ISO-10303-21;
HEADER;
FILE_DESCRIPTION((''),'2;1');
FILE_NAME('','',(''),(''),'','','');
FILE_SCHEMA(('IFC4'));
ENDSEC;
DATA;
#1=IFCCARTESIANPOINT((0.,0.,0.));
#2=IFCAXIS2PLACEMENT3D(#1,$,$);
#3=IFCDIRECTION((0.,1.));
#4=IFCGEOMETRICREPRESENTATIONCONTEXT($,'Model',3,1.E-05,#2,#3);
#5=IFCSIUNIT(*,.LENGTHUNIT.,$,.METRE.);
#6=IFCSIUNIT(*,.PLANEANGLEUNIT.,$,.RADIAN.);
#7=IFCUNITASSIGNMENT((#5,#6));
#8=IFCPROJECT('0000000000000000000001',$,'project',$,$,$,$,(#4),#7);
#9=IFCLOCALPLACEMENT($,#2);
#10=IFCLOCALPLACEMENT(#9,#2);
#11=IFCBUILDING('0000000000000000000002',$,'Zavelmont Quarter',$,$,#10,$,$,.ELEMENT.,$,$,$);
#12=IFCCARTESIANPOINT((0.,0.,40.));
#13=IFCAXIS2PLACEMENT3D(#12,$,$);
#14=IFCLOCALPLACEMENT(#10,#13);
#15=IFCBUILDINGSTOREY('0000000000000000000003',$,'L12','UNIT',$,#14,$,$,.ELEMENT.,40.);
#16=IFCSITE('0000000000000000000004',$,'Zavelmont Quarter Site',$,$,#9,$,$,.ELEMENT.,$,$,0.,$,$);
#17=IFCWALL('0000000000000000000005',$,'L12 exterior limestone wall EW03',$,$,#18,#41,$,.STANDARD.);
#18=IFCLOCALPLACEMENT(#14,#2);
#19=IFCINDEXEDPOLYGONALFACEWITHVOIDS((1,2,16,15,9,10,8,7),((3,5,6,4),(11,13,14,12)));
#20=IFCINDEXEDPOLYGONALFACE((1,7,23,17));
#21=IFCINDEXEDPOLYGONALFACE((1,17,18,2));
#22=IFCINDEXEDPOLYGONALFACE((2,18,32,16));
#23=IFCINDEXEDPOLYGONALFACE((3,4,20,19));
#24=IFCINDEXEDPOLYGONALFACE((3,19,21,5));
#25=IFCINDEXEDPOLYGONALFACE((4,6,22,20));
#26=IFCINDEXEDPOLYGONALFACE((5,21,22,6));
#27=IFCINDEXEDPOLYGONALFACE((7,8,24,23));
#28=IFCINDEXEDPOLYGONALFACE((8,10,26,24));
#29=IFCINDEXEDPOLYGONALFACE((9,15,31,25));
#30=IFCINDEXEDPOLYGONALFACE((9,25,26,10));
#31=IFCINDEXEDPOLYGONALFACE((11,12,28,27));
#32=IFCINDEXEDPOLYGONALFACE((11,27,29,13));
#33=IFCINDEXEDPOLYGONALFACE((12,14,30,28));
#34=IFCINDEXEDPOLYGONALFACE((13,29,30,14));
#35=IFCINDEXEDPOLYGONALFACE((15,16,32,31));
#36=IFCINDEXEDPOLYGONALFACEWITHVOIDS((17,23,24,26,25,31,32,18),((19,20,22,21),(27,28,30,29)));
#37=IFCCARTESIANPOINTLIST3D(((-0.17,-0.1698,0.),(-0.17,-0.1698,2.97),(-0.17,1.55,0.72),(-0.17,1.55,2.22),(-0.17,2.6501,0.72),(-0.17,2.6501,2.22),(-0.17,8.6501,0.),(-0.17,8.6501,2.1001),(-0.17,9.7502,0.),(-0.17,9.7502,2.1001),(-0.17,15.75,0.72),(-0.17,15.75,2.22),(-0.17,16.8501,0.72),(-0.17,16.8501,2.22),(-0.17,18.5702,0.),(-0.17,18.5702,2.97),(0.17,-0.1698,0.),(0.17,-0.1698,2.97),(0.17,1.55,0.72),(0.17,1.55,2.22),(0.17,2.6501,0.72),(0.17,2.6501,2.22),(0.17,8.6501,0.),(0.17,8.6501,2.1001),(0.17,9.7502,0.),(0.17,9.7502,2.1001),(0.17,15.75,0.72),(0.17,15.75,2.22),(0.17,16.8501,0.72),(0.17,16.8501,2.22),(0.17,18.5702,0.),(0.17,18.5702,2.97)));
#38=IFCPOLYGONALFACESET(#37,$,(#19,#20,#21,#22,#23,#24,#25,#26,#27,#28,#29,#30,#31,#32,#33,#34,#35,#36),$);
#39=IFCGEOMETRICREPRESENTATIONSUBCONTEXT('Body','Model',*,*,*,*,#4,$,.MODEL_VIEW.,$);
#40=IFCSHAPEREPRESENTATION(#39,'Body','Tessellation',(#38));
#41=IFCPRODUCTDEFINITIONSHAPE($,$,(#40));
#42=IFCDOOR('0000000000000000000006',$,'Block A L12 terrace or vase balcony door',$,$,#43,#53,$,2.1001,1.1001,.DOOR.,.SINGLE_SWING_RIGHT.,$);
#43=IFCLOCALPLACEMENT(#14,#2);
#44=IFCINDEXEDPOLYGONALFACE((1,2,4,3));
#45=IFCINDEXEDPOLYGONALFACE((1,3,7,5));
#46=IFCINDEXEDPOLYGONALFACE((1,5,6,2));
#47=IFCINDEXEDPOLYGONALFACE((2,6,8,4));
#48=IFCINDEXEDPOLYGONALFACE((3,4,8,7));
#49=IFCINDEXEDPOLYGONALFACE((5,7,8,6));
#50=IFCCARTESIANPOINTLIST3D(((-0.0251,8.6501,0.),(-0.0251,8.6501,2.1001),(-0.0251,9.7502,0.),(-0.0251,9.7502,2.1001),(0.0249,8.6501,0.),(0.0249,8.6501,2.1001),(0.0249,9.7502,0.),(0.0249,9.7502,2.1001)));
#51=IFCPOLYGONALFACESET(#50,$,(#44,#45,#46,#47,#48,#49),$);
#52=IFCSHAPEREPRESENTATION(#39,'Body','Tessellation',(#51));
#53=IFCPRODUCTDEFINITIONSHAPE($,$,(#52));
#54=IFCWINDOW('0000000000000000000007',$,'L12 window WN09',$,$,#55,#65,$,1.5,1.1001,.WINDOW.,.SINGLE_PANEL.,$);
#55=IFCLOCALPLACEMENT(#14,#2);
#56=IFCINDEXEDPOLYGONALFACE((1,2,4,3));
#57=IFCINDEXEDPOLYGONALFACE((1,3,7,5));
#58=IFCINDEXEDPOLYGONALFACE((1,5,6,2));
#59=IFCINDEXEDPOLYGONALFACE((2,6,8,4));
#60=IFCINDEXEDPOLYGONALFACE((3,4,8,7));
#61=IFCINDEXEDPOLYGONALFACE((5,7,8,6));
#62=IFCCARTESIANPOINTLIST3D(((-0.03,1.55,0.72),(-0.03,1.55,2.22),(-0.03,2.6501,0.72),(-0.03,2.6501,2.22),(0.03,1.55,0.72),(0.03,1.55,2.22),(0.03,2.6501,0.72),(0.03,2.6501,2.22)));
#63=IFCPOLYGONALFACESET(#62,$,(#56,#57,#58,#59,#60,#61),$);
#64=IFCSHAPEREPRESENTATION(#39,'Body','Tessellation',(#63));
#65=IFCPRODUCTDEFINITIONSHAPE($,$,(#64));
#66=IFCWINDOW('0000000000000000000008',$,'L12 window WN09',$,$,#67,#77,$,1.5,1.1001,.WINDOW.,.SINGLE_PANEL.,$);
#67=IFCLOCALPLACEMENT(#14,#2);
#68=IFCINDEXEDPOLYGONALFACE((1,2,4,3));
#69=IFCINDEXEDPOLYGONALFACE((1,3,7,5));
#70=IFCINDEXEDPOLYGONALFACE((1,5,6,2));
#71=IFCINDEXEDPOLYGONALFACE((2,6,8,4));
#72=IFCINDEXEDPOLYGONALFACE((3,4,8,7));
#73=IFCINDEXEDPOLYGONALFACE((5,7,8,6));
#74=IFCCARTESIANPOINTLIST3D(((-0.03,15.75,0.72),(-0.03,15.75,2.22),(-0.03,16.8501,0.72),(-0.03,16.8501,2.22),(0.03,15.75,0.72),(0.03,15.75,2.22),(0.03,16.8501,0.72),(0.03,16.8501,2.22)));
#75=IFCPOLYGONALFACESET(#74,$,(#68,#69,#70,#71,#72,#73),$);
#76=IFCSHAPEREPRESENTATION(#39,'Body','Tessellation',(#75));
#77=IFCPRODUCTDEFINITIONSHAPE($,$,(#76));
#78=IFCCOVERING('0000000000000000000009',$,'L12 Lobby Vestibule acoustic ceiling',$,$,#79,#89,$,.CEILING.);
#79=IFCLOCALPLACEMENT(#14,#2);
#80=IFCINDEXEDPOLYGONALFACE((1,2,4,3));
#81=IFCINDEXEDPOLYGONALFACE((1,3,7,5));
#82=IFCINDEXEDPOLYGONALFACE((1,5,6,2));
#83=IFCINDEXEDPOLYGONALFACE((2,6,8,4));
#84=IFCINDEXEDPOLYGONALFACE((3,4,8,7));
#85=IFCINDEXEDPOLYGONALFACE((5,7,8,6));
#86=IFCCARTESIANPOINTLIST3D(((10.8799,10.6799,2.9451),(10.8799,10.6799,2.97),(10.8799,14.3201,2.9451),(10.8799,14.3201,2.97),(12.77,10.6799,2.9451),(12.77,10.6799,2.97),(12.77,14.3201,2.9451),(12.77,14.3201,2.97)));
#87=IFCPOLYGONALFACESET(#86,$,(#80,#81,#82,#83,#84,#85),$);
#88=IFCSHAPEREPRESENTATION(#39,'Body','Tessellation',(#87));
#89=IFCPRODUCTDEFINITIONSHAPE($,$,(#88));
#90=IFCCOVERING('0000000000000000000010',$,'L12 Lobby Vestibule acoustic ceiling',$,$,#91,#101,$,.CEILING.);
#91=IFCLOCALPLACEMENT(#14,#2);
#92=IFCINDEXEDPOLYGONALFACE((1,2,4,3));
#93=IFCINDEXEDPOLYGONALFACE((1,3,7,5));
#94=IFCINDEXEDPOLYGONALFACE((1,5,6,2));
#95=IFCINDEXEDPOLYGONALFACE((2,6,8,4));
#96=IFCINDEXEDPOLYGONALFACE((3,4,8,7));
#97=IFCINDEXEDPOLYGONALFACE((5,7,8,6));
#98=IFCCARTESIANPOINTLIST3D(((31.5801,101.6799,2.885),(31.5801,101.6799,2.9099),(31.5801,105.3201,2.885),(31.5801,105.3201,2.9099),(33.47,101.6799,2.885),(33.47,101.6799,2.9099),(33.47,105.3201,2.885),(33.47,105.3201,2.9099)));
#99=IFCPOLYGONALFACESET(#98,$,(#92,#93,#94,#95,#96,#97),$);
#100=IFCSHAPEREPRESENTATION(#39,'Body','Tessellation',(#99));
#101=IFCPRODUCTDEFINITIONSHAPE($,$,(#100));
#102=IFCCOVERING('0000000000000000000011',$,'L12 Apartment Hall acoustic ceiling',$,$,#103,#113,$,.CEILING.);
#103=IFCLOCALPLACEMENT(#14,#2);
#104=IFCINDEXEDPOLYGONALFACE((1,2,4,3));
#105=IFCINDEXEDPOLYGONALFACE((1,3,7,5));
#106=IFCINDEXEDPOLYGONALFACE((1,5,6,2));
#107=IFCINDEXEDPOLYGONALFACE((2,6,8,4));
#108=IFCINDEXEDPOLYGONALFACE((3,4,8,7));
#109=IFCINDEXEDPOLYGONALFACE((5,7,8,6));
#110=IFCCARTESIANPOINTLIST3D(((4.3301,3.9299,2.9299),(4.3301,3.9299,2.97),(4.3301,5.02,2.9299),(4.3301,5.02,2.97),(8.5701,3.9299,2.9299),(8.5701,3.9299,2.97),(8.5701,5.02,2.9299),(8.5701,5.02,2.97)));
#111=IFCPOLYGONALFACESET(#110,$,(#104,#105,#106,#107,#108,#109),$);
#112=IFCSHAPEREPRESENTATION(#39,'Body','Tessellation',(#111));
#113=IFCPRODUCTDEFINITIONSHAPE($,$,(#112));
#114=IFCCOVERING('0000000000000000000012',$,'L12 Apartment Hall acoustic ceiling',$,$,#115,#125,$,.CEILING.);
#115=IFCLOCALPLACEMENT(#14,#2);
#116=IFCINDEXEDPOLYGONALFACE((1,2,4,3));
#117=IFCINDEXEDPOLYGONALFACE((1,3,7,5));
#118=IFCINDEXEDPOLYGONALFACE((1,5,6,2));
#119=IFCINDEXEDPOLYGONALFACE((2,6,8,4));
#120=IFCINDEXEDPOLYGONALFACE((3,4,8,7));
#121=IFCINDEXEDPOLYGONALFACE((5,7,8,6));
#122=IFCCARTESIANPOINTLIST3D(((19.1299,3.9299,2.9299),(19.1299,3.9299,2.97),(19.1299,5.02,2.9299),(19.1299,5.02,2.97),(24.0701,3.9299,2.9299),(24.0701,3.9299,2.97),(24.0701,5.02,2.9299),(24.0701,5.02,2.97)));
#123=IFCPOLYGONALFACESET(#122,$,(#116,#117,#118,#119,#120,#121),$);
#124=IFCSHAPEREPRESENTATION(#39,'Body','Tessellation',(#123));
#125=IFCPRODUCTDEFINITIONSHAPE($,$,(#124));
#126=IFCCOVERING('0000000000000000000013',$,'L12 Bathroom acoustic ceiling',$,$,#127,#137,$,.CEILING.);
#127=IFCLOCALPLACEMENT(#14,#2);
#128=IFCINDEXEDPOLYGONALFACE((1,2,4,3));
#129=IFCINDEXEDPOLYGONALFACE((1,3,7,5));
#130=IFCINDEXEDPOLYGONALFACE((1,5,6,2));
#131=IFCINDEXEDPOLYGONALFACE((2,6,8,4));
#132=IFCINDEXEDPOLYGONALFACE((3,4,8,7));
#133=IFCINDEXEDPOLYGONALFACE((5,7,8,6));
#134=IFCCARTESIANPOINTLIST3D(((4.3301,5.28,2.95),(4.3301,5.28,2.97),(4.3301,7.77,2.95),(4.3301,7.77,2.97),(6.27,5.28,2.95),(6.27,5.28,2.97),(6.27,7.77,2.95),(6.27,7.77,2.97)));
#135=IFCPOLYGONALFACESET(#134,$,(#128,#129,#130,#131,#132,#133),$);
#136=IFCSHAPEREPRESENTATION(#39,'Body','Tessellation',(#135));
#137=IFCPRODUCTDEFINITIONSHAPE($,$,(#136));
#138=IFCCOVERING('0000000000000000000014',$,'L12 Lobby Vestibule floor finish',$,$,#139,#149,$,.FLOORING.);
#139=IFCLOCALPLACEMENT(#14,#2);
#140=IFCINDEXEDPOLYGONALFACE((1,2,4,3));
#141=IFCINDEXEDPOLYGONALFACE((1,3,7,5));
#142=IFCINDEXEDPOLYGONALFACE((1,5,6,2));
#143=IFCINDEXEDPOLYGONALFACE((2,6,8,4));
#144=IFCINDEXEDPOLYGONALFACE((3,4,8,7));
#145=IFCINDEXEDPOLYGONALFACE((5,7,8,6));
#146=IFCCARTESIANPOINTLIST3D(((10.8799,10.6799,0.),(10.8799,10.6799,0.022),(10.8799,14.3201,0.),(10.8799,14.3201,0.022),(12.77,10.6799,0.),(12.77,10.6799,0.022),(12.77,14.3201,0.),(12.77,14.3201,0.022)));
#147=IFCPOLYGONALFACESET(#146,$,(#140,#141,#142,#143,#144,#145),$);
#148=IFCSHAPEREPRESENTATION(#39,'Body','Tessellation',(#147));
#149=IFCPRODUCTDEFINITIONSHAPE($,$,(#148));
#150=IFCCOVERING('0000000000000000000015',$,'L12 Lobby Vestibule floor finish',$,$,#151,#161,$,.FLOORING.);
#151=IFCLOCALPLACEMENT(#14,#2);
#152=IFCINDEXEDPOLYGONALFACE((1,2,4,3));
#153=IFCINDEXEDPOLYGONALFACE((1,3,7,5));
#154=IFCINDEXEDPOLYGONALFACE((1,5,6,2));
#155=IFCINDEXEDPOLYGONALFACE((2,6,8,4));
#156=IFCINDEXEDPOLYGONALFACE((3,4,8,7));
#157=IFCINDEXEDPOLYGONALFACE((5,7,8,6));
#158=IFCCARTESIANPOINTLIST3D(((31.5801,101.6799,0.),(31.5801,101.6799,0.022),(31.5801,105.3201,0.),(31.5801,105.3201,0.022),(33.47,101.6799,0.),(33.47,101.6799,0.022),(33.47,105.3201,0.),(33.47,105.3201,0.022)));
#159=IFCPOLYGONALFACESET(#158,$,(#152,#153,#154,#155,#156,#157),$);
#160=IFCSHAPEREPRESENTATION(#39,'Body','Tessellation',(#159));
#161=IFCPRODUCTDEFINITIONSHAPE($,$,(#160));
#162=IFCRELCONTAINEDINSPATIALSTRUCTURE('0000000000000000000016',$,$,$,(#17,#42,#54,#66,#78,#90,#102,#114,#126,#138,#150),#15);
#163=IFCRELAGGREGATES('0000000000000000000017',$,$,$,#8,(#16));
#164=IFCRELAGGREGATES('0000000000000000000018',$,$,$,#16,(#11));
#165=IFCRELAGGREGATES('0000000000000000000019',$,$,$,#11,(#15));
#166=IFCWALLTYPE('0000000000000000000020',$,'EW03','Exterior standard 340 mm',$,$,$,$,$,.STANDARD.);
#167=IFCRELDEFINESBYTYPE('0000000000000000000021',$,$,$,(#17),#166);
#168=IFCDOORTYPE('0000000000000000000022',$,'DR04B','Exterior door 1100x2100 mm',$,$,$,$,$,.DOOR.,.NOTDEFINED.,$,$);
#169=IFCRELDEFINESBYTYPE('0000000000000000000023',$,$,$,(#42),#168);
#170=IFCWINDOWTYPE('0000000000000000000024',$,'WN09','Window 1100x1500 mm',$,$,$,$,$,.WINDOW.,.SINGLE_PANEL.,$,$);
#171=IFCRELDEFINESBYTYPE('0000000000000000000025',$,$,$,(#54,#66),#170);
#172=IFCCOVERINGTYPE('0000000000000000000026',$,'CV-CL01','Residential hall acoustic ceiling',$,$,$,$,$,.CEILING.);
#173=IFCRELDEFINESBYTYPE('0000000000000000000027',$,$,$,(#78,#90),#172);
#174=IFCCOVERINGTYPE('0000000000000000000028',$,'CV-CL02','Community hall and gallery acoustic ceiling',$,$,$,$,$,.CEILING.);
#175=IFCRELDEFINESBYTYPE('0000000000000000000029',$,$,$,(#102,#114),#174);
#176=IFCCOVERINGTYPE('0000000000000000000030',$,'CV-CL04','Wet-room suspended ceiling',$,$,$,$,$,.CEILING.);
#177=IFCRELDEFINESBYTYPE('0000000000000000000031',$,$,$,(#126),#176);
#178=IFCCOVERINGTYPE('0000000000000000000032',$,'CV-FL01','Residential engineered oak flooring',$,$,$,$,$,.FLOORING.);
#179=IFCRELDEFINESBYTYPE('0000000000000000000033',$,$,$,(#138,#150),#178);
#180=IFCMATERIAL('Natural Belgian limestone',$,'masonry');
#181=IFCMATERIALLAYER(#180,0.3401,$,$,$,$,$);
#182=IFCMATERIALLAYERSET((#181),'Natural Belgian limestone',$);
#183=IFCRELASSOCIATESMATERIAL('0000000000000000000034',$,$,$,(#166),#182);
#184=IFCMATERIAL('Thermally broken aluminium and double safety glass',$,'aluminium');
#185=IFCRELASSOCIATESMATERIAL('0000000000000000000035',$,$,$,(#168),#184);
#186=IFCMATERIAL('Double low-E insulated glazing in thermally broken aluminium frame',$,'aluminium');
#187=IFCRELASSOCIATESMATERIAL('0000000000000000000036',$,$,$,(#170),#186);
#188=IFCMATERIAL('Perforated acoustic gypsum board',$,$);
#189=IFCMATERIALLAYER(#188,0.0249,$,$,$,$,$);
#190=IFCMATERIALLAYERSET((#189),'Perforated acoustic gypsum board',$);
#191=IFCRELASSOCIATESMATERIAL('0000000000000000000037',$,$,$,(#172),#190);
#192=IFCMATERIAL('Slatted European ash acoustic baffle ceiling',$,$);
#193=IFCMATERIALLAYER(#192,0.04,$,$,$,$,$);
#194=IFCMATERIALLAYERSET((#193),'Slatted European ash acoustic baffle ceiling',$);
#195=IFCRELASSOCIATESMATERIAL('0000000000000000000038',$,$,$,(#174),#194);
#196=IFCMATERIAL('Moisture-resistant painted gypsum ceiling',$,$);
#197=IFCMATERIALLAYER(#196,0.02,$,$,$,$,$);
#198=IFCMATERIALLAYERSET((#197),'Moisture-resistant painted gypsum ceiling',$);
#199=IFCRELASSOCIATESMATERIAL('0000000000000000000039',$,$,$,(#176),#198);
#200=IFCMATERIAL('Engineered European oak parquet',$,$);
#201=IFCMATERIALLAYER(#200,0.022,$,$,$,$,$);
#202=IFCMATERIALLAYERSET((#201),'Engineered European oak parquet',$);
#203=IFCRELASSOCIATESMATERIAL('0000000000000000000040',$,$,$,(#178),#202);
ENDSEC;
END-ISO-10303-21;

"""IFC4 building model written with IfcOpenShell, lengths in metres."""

from ifc_helpers import new_model, si_unit, direction, frame, frame_2d, origin, origin_with_axes, place, context, subcontext, project, spatial, polyline, rectangle, outline, extrude, material, layer, layer_set, type_object, element, fill, save


model = new_model("IFC4")

# Units and contexts
model_context = context("Model", 3, precision=1e-05, world=origin(), true_north=direction((0.0, 1.0)))
body_context = subcontext(model_context, "Body", "Model", "MODEL_VIEW")
ifc_project = project(units=[si_unit("LENGTHUNIT", "METRE"), si_unit("PLANEANGLEUNIT", "RADIAN")], contexts=[model_context])

# Site, building, storey
site_placement = place(None, origin())
site = spatial("IfcSite", under=ifc_project, at=site_placement, Name="Zavelmont Quarter Site", CompositionType="ELEMENT", RefElevation=0.0)
building_placement = place(site_placement, origin())
building = spatial("IfcBuilding", under=site, at=building_placement, Name="Zavelmont Quarter", CompositionType="ELEMENT")
storey_placement = place(building_placement, frame((0.0, 0.0, 40.0)))
storey = spatial("IfcBuildingStorey", under=building, at=storey_placement, Name="L12", Description="UNIT", CompositionType="ELEMENT", Elevation=40.0)

# Wall, openings, door, windows
ifc_material_1 = material(Name="Natural Belgian limestone", Category="masonry")
ifc_layer_1 = layer(ifc_material_1, 0.3401)
ifc_layer_set_1 = layer_set([ifc_layer_1], Name="Natural Belgian limestone")
wall_type = type_object("IfcWallType", Name="EW03", Description="Exterior standard 340 mm", PredefinedType="STANDARD", material=ifc_layer_set_1)
wall_placement = place(storey_placement, frame((0.0, -0.1699, 0.0), z_axis=(0.0, 0.0, 1.0), x_axis=(0.0, 1.0, 0.0)))
wall = element("IfcWall", 1, at=wall_placement, inside=storey, type_object=wall_type, Name="L12 exterior limestone wall EW03", PredefinedType="STANDARD", context=body_context, shape_type="SweptSolid", body=[
    extrude(rectangle(XDim=18.74, YDim=0.3401, at=frame_2d((9.3701, 0.0))), origin(), (0.0, 0.0, 1.0), 2.97),
])
opening_1_placement = place(wall_placement, frame((8.8201, 0.0, 0.0)))
opening_1 = element("IfcOpeningElement", 2, at=opening_1_placement, cuts=wall, PredefinedType="OPENING", context=body_context, shape_type="SweptSolid", body=[
    extrude(rectangle(XDim=1.1001, YDim=2.1001, at=frame_2d((0.55, 1.05))), frame((0.0, 0.1821, 0.0), z_axis=(0.0, -1.0, 0.0), x_axis=(1.0, 0.0, 0.0)), (0.0, 0.0, 1.0), 0.364),
])
opening_2_placement = place(wall_placement, frame((1.72, 0.0, 0.72)))
opening_2 = element("IfcOpeningElement", 3, at=opening_2_placement, cuts=wall, PredefinedType="OPENING", context=body_context, shape_type="SweptSolid", body=[
    extrude(rectangle(XDim=1.1001, YDim=1.5, at=frame_2d((0.55, 0.75))), frame((0.0, 0.1821, 0.0), z_axis=(0.0, -1.0, 0.0), x_axis=(1.0, 0.0, 0.0)), (0.0, 0.0, 1.0), 0.364),
])
opening_3_placement = place(wall_placement, frame((15.9199, 0.0, 0.72)))
opening_3 = element("IfcOpeningElement", 4, at=opening_3_placement, cuts=wall, PredefinedType="OPENING", context=body_context, shape_type="SweptSolid", body=[
    extrude(rectangle(XDim=1.1001, YDim=1.5, at=frame_2d((0.55, 0.75))), frame((0.0, 0.1821, 0.0), z_axis=(0.0, -1.0, 0.0), x_axis=(1.0, 0.0, 0.0)), (0.0, 0.0, 1.0), 0.364),
])
ifc_material_2 = material(Name="Thermally broken aluminium and double safety glass", Category="aluminium")
door_type = type_object("IfcDoorType", Name="DR04B", Description="Exterior door 1100x2100 mm", OperationType="NOTDEFINED", PredefinedType="DOOR", material=ifc_material_2)
door_placement = place(opening_1_placement, frame((1.1001, 0.0, 0.0), z_axis=(0.0, 0.0, 1.0), x_axis=(-1.0, 0.0, 0.0)))
door = element("IfcDoor", 5, at=door_placement, inside=storey, type_object=door_type, Name="Block A L12 terrace or vase balcony door", OperationType="SINGLE_SWING_RIGHT", OverallHeight=2.1001, OverallWidth=1.1001, PredefinedType="DOOR", context=body_context, shape_type="SweptSolid", body=[
    extrude(rectangle(XDim=1.1001, YDim=2.1001, at=frame_2d((0.55, 1.05))), frame((0.0, 0.0249, 0.0), z_axis=(0.0, -1.0, 0.0), x_axis=(1.0, 0.0, 0.0)), (0.0, 0.0, 1.0), 0.05),
])
fill(opening_1, door)
ifc_material_3 = material(Name="Double low-E insulated glazing in thermally broken aluminium frame", Category="aluminium")
window_type = type_object("IfcWindowType", Name="WN09", Description="Window 1100x1500 mm", PartitioningType="SINGLE_PANEL", PredefinedType="WINDOW", material=ifc_material_3)
window_1_placement = place(opening_2_placement, origin_with_axes())
window_1 = element("IfcWindow", 6, at=window_1_placement, inside=storey, type_object=window_type, Name="L12 window WN09", OverallHeight=1.5, OverallWidth=1.1001, PartitioningType="SINGLE_PANEL", PredefinedType="WINDOW", context=body_context, shape_type="SweptSolid", body=[
    extrude(rectangle(XDim=1.1001, YDim=1.5, at=frame_2d((0.55, 0.75))), frame((0.0, 0.03, 0.0), z_axis=(0.0, -1.0, 0.0), x_axis=(1.0, 0.0, 0.0)), (0.0, 0.0, 1.0), 0.0601),
])
fill(opening_2, window_1)
window_2_placement = place(opening_3_placement, origin_with_axes())
window_2 = element("IfcWindow", 7, at=window_2_placement, inside=storey, type_object=window_type, Name="L12 window WN09", OverallHeight=1.5, OverallWidth=1.1001, PartitioningType="SINGLE_PANEL", PredefinedType="WINDOW", context=body_context, shape_type="SweptSolid", body=[
    extrude(rectangle(XDim=1.1001, YDim=1.5, at=frame_2d((0.55, 0.75))), frame((0.0, 0.03, 0.0), z_axis=(0.0, -1.0, 0.0), x_axis=(1.0, 0.0, 0.0)), (0.0, 0.0, 1.0), 0.0601),
])
fill(opening_3, window_2)

# Coverings
ifc_material_4 = material(Name="Perforated acoustic gypsum board")
ifc_layer_2 = layer(ifc_material_4, 0.0249)
ifc_layer_set_2 = layer_set([ifc_layer_2], Name="Perforated acoustic gypsum board")
covering_type_1 = type_object("IfcCoveringType", Name="CV-CL01", Description="Residential hall acoustic ceiling", PredefinedType="CEILING", material=ifc_layer_set_2)
covering_1_placement = place(storey_placement, frame((0.0, 0.0, 2.9451)))
element("IfcCovering", 8, at=covering_1_placement, inside=storey, type_object=covering_type_1, Name="L12 Lobby Vestibule acoustic ceiling", PredefinedType="CEILING", context=body_context, shape_type="SweptSolid", body=[
    extrude(outline(polyline([(10.8799, 14.3201), (12.77, 14.3201), (12.77, 10.6799), (10.8799, 10.6799), (10.8799, 14.3201)])), origin(), (0.0, 0.0, 1.0), 0.0249),
])
covering_2_placement = place(storey_placement, frame((0.0, 0.0, 2.885)))
element("IfcCovering", 9, at=covering_2_placement, inside=storey, type_object=covering_type_1, Name="L12 Lobby Vestibule acoustic ceiling", PredefinedType="CEILING", context=body_context, shape_type="SweptSolid", body=[
    extrude(outline(polyline([(31.5801, 105.3201), (33.47, 105.3201), (33.47, 101.6799), (31.5801, 101.6799), (31.5801, 105.3201)])), origin(), (0.0, 0.0, 1.0), 0.0249),
])
ifc_material_5 = material(Name="Slatted European ash acoustic baffle ceiling")
ifc_layer_3 = layer(ifc_material_5, 0.04)
ifc_layer_set_3 = layer_set([ifc_layer_3], Name="Slatted European ash acoustic baffle ceiling")
covering_type_2 = type_object("IfcCoveringType", Name="CV-CL02", Description="Community hall and gallery acoustic ceiling", PredefinedType="CEILING", material=ifc_layer_set_3)
covering_3_placement = place(storey_placement, frame((0.0, 0.0, 2.9299)))
element("IfcCovering", 10, at=covering_3_placement, inside=storey, type_object=covering_type_2, Name="L12 Apartment Hall acoustic ceiling", PredefinedType="CEILING", context=body_context, shape_type="SweptSolid", body=[
    extrude(outline(polyline([(4.3301, 5.02), (8.5701, 5.02), (8.5701, 3.9299), (4.3301, 3.9299), (4.3301, 5.02)])), origin(), (0.0, 0.0, 1.0), 0.04),
])
covering_4_placement = place(storey_placement, frame((0.0, 0.0, 2.9299)))
element("IfcCovering", 11, at=covering_4_placement, inside=storey, type_object=covering_type_2, Name="L12 Apartment Hall acoustic ceiling", PredefinedType="CEILING", context=body_context, shape_type="SweptSolid", body=[
    extrude(outline(polyline([(19.1299, 5.02), (24.0701, 5.02), (24.0701, 3.9299), (19.1299, 3.9299), (19.1299, 5.02)])), origin(), (0.0, 0.0, 1.0), 0.04),
])
ifc_material_6 = material(Name="Moisture-resistant painted gypsum ceiling")
ifc_layer_4 = layer(ifc_material_6, 0.02)
ifc_layer_set_4 = layer_set([ifc_layer_4], Name="Moisture-resistant painted gypsum ceiling")
covering_type_3 = type_object("IfcCoveringType", Name="CV-CL04", Description="Wet-room suspended ceiling", PredefinedType="CEILING", material=ifc_layer_set_4)
covering_5_placement = place(storey_placement, frame((0.0, 0.0, 2.95)))
element("IfcCovering", 12, at=covering_5_placement, inside=storey, type_object=covering_type_3, Name="L12 Bathroom acoustic ceiling", PredefinedType="CEILING", context=body_context, shape_type="SweptSolid", body=[
    extrude(outline(polyline([(4.3301, 7.77), (6.27, 7.77), (6.27, 5.28), (4.3301, 5.28), (4.3301, 7.77)])), origin(), (0.0, 0.0, 1.0), 0.02),
])
ifc_material_7 = material(Name="Engineered European oak parquet")
ifc_layer_5 = layer(ifc_material_7, 0.022)
ifc_layer_set_5 = layer_set([ifc_layer_5], Name="Engineered European oak parquet")
covering_type_4 = type_object("IfcCoveringType", Name="CV-FL01", Description="Residential engineered oak flooring", PredefinedType="FLOORING", material=ifc_layer_set_5)
covering_6_placement = place(storey_placement, origin())
element("IfcCovering", 13, at=covering_6_placement, inside=storey, type_object=covering_type_4, Name="L12 Lobby Vestibule floor finish", PredefinedType="FLOORING", context=body_context, shape_type="SweptSolid", body=[
    extrude(outline(polyline([(10.8799, 14.3201), (12.77, 14.3201), (12.77, 10.6799), (10.8799, 10.6799), (10.8799, 14.3201)])), origin(), (0.0, 0.0, 1.0), 0.022),
])
covering_7_placement = place(storey_placement, origin())
element("IfcCovering", 14, at=covering_7_placement, inside=storey, type_object=covering_type_4, Name="L12 Lobby Vestibule floor finish", PredefinedType="FLOORING", context=body_context, shape_type="SweptSolid", body=[
    extrude(outline(polyline([(31.5801, 105.3201), (33.47, 105.3201), (33.47, 101.6799), (31.5801, 101.6799), (31.5801, 105.3201)])), origin(), (0.0, 0.0, 1.0), 0.022),
])

save(model, "model.ifc")
